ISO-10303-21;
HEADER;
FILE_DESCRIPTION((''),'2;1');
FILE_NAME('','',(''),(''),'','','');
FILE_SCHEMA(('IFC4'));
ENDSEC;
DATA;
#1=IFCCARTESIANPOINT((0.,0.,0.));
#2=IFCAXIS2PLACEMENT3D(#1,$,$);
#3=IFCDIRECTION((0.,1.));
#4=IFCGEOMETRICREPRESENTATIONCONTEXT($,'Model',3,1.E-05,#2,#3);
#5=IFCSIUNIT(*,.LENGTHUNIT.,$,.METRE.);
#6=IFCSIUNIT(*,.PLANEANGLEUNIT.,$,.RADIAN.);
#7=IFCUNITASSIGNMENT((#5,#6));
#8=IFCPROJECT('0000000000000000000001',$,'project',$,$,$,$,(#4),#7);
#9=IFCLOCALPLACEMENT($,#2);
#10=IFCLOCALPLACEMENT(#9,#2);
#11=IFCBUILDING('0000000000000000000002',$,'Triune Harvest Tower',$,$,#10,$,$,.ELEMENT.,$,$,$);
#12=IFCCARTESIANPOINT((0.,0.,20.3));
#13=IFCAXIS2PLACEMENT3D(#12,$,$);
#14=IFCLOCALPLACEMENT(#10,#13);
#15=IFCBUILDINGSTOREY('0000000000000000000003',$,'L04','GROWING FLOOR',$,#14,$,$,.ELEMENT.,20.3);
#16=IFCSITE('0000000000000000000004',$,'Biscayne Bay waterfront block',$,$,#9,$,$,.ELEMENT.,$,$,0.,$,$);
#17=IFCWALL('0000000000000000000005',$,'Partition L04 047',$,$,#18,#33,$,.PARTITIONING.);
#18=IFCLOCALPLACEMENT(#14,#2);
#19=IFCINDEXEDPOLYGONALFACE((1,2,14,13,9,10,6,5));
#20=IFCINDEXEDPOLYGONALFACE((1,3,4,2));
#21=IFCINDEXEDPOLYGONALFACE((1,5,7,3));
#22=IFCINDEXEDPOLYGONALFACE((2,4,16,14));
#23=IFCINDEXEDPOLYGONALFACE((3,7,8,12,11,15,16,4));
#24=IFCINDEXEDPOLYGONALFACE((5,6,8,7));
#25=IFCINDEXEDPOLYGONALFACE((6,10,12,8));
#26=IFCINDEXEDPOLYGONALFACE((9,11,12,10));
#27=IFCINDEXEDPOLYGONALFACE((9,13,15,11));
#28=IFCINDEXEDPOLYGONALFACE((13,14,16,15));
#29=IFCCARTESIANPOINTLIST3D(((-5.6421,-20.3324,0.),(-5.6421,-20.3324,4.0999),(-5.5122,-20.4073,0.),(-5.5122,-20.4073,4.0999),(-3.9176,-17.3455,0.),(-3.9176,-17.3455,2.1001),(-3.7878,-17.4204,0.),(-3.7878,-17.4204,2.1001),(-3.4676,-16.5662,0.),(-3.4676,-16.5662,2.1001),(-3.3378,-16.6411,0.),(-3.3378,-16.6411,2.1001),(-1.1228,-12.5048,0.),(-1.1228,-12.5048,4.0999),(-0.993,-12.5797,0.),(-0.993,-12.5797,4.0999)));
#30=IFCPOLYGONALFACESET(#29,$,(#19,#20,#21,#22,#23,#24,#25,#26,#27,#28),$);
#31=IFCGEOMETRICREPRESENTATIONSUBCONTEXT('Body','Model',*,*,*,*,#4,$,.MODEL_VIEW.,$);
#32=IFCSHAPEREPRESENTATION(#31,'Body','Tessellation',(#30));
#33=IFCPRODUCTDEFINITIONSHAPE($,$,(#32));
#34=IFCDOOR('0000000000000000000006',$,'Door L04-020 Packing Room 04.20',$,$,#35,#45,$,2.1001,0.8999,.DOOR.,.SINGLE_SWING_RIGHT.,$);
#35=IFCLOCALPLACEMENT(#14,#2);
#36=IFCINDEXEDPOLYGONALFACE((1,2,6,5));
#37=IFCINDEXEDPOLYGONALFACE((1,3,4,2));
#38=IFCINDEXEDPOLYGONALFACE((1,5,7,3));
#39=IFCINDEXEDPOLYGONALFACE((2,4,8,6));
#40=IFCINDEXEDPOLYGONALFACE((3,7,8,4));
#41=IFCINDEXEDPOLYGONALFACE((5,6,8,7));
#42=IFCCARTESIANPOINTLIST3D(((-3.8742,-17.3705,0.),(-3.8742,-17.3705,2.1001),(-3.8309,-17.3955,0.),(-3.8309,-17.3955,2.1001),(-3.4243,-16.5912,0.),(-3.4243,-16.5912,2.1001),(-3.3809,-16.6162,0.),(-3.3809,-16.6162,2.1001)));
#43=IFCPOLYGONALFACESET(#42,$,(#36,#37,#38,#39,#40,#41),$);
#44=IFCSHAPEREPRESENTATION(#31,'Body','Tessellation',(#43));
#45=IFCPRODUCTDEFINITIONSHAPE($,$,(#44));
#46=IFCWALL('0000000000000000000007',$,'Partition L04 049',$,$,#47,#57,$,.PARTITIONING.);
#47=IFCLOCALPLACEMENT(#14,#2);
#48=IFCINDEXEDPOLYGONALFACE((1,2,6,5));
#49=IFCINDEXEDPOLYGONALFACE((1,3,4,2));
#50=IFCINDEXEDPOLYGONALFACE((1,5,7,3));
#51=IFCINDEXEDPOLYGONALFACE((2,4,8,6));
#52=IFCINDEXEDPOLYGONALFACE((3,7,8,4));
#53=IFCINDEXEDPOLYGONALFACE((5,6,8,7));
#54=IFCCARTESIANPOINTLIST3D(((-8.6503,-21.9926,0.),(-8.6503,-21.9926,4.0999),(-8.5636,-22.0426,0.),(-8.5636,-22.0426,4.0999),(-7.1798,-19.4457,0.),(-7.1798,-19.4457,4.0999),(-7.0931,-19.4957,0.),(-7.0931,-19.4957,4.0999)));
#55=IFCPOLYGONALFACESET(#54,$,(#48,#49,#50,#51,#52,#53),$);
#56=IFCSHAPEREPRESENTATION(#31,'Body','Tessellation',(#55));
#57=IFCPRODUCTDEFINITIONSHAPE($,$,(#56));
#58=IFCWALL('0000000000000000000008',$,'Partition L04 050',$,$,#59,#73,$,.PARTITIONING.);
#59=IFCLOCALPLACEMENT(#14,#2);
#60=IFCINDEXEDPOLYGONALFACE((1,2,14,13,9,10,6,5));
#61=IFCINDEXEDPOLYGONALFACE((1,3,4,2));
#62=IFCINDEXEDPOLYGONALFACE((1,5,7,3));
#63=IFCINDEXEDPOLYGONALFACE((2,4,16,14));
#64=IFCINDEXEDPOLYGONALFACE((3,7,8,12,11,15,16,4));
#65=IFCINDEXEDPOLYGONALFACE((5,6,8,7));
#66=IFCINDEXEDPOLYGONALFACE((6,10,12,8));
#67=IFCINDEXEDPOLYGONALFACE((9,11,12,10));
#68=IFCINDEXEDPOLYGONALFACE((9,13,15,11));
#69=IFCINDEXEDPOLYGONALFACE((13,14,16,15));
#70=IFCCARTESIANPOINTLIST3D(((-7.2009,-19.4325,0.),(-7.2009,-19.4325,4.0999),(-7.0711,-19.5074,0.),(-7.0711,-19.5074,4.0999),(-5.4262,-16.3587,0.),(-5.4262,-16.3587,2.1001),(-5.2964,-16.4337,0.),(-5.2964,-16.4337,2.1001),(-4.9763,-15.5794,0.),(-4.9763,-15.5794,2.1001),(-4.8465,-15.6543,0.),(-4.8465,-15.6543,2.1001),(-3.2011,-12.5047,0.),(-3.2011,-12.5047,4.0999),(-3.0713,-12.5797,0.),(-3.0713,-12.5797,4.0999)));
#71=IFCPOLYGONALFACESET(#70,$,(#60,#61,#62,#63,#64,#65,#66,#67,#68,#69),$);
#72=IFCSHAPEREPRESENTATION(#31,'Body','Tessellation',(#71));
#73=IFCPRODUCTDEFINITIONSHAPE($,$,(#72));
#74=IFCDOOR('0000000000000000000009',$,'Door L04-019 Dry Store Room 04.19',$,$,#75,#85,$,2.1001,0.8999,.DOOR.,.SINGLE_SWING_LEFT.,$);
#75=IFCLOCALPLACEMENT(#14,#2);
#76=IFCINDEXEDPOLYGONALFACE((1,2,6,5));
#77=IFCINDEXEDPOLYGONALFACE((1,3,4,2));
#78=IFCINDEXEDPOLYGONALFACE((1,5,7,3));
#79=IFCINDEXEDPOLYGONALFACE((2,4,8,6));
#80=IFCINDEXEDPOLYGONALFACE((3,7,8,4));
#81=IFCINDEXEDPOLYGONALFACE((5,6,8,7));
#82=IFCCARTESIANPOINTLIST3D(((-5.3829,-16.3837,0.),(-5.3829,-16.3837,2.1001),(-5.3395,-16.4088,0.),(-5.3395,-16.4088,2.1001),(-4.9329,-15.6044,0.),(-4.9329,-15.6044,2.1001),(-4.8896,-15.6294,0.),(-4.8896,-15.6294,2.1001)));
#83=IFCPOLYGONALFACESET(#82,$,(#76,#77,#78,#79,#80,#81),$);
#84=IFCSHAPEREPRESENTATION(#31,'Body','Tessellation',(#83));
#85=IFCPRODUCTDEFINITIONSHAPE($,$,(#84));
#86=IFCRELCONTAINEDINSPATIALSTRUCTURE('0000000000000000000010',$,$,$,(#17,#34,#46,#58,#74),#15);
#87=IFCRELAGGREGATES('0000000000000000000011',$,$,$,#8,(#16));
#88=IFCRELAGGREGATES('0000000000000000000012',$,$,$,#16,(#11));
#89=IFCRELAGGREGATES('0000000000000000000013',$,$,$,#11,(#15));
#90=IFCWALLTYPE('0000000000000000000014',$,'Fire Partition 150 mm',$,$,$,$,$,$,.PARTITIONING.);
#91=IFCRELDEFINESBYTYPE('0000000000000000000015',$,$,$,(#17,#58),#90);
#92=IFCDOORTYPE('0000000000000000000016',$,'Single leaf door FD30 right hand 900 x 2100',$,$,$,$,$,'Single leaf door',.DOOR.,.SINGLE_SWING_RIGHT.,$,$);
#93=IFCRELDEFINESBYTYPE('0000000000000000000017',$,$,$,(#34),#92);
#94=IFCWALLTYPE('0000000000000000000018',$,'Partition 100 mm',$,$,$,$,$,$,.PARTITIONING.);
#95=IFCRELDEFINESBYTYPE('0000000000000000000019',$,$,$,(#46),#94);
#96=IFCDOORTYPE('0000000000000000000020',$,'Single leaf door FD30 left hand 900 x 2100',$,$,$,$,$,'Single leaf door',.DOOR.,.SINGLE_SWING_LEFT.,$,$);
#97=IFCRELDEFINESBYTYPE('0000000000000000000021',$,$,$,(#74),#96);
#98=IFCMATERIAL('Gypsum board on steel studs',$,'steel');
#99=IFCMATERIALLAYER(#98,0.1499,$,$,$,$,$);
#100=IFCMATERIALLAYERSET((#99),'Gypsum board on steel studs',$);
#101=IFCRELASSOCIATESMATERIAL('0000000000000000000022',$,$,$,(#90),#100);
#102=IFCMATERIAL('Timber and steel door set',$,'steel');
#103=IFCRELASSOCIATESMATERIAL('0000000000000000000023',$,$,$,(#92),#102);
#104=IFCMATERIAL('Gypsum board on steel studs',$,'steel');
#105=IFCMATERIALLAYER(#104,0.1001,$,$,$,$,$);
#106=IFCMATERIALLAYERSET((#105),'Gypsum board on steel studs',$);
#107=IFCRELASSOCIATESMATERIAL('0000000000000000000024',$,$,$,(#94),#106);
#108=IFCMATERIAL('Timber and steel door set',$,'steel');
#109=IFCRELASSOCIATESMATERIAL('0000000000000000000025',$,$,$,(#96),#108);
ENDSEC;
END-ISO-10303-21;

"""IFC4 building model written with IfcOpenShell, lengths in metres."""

from ifc_helpers import new_model, si_unit, direction, frame, frame_2d, origin, place, context, subcontext, project, spatial, rectangle, extrude, source, transform, mapped, material, layer, layer_set, type_object, element, fill, save


model = new_model("IFC4")

# Units and contexts
model_context = context("Model", 3, precision=1e-05, world=origin(), true_north=direction((0.0, 1.0)))
body_context = subcontext(model_context, "Body", "Model", "MODEL_VIEW")
ifc_project = project(units=[si_unit("LENGTHUNIT", "METRE"), si_unit("PLANEANGLEUNIT", "RADIAN")], contexts=[model_context])

# Site, building, storey
site_placement = place(None, origin())
site = spatial("IfcSite", under=ifc_project, at=site_placement, Name="Biscayne Bay waterfront block", CompositionType="ELEMENT", RefElevation=0.0)
building_placement = place(site_placement, origin())
building = spatial("IfcBuilding", under=site, at=building_placement, Name="Triune Harvest Tower", CompositionType="ELEMENT")
storey_placement = place(building_placement, frame((0.0, 0.0, 20.3)))
storey = spatial("IfcBuildingStorey", under=building, at=storey_placement, Name="L04", Description="GROWING FLOOR", CompositionType="ELEMENT", Elevation=20.3)

# Shared definitions
ifc_material_1 = material(Name="Gypsum board on steel studs", Category="steel")
ifc_layer_1 = layer(ifc_material_1, 0.1499)
ifc_layer_set_1 = layer_set([ifc_layer_1], Name="Gypsum board on steel studs")
wall_type_1 = type_object("IfcWallType", Name="Fire Partition 150 mm", PredefinedType="PARTITIONING", material=ifc_layer_set_1)

# Wall, opening, door
shared_shape_1 = source(origin(), body_context, "Body", "SweptSolid", [
    extrude(rectangle(XDim=9.0386, YDim=0.1499, at=frame_2d((4.5193, 0.0))), origin(), (0.0, 0.0, 1.0), 4.0999),
])
wall_1_placement = place(storey_placement, frame((-5.5771, -20.3699, 0.0), z_axis=(0.0, 0.0, 1.0), x_axis=(0.5, 0.866025, 0.0)))
wall_1 = element("IfcWall", 1, at=wall_1_placement, inside=storey, type_object=wall_type_1, Name="Partition L04 047", PredefinedType="PARTITIONING", context=body_context, shape_type="MappedRepresentation", body=[
    mapped(shared_shape_1, transform((0.0, 0.0, 0.0), scale=1.0)),
])
opening_1_placement = place(wall_1_placement, frame((3.449, 0.0, 0.0)))
opening_1 = element("IfcOpeningElement", 2, at=opening_1_placement, cuts=wall_1, PredefinedType="OPENING", context=body_context, shape_type="SweptSolid", body=[
    extrude(rectangle(XDim=0.8999, YDim=2.1001, at=frame_2d((0.45, 1.05))), frame((0.0, 0.085, 0.0), z_axis=(0.0, -1.0, 0.0), x_axis=(1.0, 0.0, 0.0)), (0.0, 0.0, 1.0), 0.1699),
])
ifc_material_2 = material(Name="Timber and steel door set", Category="steel")
door_type_1 = type_object("IfcDoorType", Name="Single leaf door FD30 right hand 900 x 2100", ElementType="Single leaf door", OperationType="SINGLE_SWING_RIGHT", PredefinedType="DOOR", material=ifc_material_2)
door_1_placement = place(opening_1_placement, origin())
door_1 = element("IfcDoor", 3, at=door_1_placement, inside=storey, type_object=door_type_1, Name="Door L04-020 Packing Room 04.20", OperationType="SINGLE_SWING_RIGHT", OverallHeight=2.1001, OverallWidth=0.8999, PredefinedType="DOOR", context=body_context, shape_type="SweptSolid", body=[
    extrude(rectangle(XDim=0.8999, YDim=2.1001, at=frame_2d((0.45, 1.05))), frame((0.0, 0.0249, 0.0), z_axis=(0.0, -1.0, 0.0), x_axis=(1.0, 0.0, 0.0)), (0.0, 0.0, 1.0), 0.05),
])
fill(opening_1, door_1)

# Wall
ifc_material_3 = material(Name="Gypsum board on steel studs", Category="steel")
ifc_layer_2 = layer(ifc_material_3, 0.1001)
ifc_layer_set_2 = layer_set([ifc_layer_2], Name="Gypsum board on steel studs")
wall_type_2 = type_object("IfcWallType", Name="Partition 100 mm", PredefinedType="PARTITIONING", material=ifc_layer_set_2)
shared_shape_2 = source(origin(), body_context, "Body", "SweptSolid", [
    extrude(rectangle(XDim=2.9409, YDim=0.1001, at=frame_2d((1.4705, 0.0))), origin(), (0.0, 0.0, 1.0), 4.0999),
])
wall_2_placement = place(storey_placement, frame((-8.6069, -22.0176, 0.0), z_axis=(0.0, 0.0, 1.0), x_axis=(0.500005, 0.866022, 0.0)))
element("IfcWall", 4, at=wall_2_placement, inside=storey, type_object=wall_type_2, Name="Partition L04 049", PredefinedType="PARTITIONING", context=body_context, shape_type="MappedRepresentation", body=[
    mapped(shared_shape_2, transform((0.0, 0.0, 0.0), scale=1.0)),
])

# Wall, opening, door
shared_shape_3 = source(origin(), body_context, "Body", "SweptSolid", [
    extrude(rectangle(XDim=7.9995, YDim=0.1499, at=frame_2d((3.9998, 0.0))), origin(), (0.0, 0.0, 1.0), 4.0999),
])
wall_3_placement = place(storey_placement, frame((-7.136, -19.47, 0.0), z_axis=(0.0, 0.0, 1.0), x_axis=(0.500002, 0.866024, 0.0)))
wall_3 = element("IfcWall", 5, at=wall_3_placement, inside=storey, type_object=wall_type_1, Name="Partition L04 050", PredefinedType="PARTITIONING", context=body_context, shape_type="MappedRepresentation", body=[
    mapped(shared_shape_3, transform((0.0, 0.0, 0.0), scale=1.0)),
])
opening_2_placement = place(wall_3_placement, frame((3.5493, 0.0, 0.0)))
opening_2 = element("IfcOpeningElement", 6, at=opening_2_placement, cuts=wall_3, PredefinedType="OPENING", context=body_context, shape_type="SweptSolid", body=[
    extrude(rectangle(XDim=0.8999, YDim=2.1001, at=frame_2d((0.45, 1.05))), frame((0.0, 0.085, 0.0), z_axis=(0.0, -1.0, 0.0), x_axis=(1.0, 0.0, 0.0)), (0.0, 0.0, 1.0), 0.1699),
])
ifc_material_4 = material(Name="Timber and steel door set", Category="steel")
door_type_2 = type_object("IfcDoorType", Name="Single leaf door FD30 left hand 900 x 2100", ElementType="Single leaf door", OperationType="SINGLE_SWING_LEFT", PredefinedType="DOOR", material=ifc_material_4)
door_2_placement = place(opening_2_placement, origin())
door_2 = element("IfcDoor", 7, at=door_2_placement, inside=storey, type_object=door_type_2, Name="Door L04-019 Dry Store Room 04.19", OperationType="SINGLE_SWING_LEFT", OverallHeight=2.1001, OverallWidth=0.8999, PredefinedType="DOOR", context=body_context, shape_type="SweptSolid", body=[
    extrude(rectangle(XDim=0.8999, YDim=2.1001, at=frame_2d((0.45, 1.05))), frame((0.0, 0.0249, 0.0), z_axis=(0.0, -1.0, 0.0), x_axis=(1.0, 0.0, 0.0)), (0.0, 0.0, 1.0), 0.05),
])
fill(opening_2, door_2)

save(model, "model.ifc")
